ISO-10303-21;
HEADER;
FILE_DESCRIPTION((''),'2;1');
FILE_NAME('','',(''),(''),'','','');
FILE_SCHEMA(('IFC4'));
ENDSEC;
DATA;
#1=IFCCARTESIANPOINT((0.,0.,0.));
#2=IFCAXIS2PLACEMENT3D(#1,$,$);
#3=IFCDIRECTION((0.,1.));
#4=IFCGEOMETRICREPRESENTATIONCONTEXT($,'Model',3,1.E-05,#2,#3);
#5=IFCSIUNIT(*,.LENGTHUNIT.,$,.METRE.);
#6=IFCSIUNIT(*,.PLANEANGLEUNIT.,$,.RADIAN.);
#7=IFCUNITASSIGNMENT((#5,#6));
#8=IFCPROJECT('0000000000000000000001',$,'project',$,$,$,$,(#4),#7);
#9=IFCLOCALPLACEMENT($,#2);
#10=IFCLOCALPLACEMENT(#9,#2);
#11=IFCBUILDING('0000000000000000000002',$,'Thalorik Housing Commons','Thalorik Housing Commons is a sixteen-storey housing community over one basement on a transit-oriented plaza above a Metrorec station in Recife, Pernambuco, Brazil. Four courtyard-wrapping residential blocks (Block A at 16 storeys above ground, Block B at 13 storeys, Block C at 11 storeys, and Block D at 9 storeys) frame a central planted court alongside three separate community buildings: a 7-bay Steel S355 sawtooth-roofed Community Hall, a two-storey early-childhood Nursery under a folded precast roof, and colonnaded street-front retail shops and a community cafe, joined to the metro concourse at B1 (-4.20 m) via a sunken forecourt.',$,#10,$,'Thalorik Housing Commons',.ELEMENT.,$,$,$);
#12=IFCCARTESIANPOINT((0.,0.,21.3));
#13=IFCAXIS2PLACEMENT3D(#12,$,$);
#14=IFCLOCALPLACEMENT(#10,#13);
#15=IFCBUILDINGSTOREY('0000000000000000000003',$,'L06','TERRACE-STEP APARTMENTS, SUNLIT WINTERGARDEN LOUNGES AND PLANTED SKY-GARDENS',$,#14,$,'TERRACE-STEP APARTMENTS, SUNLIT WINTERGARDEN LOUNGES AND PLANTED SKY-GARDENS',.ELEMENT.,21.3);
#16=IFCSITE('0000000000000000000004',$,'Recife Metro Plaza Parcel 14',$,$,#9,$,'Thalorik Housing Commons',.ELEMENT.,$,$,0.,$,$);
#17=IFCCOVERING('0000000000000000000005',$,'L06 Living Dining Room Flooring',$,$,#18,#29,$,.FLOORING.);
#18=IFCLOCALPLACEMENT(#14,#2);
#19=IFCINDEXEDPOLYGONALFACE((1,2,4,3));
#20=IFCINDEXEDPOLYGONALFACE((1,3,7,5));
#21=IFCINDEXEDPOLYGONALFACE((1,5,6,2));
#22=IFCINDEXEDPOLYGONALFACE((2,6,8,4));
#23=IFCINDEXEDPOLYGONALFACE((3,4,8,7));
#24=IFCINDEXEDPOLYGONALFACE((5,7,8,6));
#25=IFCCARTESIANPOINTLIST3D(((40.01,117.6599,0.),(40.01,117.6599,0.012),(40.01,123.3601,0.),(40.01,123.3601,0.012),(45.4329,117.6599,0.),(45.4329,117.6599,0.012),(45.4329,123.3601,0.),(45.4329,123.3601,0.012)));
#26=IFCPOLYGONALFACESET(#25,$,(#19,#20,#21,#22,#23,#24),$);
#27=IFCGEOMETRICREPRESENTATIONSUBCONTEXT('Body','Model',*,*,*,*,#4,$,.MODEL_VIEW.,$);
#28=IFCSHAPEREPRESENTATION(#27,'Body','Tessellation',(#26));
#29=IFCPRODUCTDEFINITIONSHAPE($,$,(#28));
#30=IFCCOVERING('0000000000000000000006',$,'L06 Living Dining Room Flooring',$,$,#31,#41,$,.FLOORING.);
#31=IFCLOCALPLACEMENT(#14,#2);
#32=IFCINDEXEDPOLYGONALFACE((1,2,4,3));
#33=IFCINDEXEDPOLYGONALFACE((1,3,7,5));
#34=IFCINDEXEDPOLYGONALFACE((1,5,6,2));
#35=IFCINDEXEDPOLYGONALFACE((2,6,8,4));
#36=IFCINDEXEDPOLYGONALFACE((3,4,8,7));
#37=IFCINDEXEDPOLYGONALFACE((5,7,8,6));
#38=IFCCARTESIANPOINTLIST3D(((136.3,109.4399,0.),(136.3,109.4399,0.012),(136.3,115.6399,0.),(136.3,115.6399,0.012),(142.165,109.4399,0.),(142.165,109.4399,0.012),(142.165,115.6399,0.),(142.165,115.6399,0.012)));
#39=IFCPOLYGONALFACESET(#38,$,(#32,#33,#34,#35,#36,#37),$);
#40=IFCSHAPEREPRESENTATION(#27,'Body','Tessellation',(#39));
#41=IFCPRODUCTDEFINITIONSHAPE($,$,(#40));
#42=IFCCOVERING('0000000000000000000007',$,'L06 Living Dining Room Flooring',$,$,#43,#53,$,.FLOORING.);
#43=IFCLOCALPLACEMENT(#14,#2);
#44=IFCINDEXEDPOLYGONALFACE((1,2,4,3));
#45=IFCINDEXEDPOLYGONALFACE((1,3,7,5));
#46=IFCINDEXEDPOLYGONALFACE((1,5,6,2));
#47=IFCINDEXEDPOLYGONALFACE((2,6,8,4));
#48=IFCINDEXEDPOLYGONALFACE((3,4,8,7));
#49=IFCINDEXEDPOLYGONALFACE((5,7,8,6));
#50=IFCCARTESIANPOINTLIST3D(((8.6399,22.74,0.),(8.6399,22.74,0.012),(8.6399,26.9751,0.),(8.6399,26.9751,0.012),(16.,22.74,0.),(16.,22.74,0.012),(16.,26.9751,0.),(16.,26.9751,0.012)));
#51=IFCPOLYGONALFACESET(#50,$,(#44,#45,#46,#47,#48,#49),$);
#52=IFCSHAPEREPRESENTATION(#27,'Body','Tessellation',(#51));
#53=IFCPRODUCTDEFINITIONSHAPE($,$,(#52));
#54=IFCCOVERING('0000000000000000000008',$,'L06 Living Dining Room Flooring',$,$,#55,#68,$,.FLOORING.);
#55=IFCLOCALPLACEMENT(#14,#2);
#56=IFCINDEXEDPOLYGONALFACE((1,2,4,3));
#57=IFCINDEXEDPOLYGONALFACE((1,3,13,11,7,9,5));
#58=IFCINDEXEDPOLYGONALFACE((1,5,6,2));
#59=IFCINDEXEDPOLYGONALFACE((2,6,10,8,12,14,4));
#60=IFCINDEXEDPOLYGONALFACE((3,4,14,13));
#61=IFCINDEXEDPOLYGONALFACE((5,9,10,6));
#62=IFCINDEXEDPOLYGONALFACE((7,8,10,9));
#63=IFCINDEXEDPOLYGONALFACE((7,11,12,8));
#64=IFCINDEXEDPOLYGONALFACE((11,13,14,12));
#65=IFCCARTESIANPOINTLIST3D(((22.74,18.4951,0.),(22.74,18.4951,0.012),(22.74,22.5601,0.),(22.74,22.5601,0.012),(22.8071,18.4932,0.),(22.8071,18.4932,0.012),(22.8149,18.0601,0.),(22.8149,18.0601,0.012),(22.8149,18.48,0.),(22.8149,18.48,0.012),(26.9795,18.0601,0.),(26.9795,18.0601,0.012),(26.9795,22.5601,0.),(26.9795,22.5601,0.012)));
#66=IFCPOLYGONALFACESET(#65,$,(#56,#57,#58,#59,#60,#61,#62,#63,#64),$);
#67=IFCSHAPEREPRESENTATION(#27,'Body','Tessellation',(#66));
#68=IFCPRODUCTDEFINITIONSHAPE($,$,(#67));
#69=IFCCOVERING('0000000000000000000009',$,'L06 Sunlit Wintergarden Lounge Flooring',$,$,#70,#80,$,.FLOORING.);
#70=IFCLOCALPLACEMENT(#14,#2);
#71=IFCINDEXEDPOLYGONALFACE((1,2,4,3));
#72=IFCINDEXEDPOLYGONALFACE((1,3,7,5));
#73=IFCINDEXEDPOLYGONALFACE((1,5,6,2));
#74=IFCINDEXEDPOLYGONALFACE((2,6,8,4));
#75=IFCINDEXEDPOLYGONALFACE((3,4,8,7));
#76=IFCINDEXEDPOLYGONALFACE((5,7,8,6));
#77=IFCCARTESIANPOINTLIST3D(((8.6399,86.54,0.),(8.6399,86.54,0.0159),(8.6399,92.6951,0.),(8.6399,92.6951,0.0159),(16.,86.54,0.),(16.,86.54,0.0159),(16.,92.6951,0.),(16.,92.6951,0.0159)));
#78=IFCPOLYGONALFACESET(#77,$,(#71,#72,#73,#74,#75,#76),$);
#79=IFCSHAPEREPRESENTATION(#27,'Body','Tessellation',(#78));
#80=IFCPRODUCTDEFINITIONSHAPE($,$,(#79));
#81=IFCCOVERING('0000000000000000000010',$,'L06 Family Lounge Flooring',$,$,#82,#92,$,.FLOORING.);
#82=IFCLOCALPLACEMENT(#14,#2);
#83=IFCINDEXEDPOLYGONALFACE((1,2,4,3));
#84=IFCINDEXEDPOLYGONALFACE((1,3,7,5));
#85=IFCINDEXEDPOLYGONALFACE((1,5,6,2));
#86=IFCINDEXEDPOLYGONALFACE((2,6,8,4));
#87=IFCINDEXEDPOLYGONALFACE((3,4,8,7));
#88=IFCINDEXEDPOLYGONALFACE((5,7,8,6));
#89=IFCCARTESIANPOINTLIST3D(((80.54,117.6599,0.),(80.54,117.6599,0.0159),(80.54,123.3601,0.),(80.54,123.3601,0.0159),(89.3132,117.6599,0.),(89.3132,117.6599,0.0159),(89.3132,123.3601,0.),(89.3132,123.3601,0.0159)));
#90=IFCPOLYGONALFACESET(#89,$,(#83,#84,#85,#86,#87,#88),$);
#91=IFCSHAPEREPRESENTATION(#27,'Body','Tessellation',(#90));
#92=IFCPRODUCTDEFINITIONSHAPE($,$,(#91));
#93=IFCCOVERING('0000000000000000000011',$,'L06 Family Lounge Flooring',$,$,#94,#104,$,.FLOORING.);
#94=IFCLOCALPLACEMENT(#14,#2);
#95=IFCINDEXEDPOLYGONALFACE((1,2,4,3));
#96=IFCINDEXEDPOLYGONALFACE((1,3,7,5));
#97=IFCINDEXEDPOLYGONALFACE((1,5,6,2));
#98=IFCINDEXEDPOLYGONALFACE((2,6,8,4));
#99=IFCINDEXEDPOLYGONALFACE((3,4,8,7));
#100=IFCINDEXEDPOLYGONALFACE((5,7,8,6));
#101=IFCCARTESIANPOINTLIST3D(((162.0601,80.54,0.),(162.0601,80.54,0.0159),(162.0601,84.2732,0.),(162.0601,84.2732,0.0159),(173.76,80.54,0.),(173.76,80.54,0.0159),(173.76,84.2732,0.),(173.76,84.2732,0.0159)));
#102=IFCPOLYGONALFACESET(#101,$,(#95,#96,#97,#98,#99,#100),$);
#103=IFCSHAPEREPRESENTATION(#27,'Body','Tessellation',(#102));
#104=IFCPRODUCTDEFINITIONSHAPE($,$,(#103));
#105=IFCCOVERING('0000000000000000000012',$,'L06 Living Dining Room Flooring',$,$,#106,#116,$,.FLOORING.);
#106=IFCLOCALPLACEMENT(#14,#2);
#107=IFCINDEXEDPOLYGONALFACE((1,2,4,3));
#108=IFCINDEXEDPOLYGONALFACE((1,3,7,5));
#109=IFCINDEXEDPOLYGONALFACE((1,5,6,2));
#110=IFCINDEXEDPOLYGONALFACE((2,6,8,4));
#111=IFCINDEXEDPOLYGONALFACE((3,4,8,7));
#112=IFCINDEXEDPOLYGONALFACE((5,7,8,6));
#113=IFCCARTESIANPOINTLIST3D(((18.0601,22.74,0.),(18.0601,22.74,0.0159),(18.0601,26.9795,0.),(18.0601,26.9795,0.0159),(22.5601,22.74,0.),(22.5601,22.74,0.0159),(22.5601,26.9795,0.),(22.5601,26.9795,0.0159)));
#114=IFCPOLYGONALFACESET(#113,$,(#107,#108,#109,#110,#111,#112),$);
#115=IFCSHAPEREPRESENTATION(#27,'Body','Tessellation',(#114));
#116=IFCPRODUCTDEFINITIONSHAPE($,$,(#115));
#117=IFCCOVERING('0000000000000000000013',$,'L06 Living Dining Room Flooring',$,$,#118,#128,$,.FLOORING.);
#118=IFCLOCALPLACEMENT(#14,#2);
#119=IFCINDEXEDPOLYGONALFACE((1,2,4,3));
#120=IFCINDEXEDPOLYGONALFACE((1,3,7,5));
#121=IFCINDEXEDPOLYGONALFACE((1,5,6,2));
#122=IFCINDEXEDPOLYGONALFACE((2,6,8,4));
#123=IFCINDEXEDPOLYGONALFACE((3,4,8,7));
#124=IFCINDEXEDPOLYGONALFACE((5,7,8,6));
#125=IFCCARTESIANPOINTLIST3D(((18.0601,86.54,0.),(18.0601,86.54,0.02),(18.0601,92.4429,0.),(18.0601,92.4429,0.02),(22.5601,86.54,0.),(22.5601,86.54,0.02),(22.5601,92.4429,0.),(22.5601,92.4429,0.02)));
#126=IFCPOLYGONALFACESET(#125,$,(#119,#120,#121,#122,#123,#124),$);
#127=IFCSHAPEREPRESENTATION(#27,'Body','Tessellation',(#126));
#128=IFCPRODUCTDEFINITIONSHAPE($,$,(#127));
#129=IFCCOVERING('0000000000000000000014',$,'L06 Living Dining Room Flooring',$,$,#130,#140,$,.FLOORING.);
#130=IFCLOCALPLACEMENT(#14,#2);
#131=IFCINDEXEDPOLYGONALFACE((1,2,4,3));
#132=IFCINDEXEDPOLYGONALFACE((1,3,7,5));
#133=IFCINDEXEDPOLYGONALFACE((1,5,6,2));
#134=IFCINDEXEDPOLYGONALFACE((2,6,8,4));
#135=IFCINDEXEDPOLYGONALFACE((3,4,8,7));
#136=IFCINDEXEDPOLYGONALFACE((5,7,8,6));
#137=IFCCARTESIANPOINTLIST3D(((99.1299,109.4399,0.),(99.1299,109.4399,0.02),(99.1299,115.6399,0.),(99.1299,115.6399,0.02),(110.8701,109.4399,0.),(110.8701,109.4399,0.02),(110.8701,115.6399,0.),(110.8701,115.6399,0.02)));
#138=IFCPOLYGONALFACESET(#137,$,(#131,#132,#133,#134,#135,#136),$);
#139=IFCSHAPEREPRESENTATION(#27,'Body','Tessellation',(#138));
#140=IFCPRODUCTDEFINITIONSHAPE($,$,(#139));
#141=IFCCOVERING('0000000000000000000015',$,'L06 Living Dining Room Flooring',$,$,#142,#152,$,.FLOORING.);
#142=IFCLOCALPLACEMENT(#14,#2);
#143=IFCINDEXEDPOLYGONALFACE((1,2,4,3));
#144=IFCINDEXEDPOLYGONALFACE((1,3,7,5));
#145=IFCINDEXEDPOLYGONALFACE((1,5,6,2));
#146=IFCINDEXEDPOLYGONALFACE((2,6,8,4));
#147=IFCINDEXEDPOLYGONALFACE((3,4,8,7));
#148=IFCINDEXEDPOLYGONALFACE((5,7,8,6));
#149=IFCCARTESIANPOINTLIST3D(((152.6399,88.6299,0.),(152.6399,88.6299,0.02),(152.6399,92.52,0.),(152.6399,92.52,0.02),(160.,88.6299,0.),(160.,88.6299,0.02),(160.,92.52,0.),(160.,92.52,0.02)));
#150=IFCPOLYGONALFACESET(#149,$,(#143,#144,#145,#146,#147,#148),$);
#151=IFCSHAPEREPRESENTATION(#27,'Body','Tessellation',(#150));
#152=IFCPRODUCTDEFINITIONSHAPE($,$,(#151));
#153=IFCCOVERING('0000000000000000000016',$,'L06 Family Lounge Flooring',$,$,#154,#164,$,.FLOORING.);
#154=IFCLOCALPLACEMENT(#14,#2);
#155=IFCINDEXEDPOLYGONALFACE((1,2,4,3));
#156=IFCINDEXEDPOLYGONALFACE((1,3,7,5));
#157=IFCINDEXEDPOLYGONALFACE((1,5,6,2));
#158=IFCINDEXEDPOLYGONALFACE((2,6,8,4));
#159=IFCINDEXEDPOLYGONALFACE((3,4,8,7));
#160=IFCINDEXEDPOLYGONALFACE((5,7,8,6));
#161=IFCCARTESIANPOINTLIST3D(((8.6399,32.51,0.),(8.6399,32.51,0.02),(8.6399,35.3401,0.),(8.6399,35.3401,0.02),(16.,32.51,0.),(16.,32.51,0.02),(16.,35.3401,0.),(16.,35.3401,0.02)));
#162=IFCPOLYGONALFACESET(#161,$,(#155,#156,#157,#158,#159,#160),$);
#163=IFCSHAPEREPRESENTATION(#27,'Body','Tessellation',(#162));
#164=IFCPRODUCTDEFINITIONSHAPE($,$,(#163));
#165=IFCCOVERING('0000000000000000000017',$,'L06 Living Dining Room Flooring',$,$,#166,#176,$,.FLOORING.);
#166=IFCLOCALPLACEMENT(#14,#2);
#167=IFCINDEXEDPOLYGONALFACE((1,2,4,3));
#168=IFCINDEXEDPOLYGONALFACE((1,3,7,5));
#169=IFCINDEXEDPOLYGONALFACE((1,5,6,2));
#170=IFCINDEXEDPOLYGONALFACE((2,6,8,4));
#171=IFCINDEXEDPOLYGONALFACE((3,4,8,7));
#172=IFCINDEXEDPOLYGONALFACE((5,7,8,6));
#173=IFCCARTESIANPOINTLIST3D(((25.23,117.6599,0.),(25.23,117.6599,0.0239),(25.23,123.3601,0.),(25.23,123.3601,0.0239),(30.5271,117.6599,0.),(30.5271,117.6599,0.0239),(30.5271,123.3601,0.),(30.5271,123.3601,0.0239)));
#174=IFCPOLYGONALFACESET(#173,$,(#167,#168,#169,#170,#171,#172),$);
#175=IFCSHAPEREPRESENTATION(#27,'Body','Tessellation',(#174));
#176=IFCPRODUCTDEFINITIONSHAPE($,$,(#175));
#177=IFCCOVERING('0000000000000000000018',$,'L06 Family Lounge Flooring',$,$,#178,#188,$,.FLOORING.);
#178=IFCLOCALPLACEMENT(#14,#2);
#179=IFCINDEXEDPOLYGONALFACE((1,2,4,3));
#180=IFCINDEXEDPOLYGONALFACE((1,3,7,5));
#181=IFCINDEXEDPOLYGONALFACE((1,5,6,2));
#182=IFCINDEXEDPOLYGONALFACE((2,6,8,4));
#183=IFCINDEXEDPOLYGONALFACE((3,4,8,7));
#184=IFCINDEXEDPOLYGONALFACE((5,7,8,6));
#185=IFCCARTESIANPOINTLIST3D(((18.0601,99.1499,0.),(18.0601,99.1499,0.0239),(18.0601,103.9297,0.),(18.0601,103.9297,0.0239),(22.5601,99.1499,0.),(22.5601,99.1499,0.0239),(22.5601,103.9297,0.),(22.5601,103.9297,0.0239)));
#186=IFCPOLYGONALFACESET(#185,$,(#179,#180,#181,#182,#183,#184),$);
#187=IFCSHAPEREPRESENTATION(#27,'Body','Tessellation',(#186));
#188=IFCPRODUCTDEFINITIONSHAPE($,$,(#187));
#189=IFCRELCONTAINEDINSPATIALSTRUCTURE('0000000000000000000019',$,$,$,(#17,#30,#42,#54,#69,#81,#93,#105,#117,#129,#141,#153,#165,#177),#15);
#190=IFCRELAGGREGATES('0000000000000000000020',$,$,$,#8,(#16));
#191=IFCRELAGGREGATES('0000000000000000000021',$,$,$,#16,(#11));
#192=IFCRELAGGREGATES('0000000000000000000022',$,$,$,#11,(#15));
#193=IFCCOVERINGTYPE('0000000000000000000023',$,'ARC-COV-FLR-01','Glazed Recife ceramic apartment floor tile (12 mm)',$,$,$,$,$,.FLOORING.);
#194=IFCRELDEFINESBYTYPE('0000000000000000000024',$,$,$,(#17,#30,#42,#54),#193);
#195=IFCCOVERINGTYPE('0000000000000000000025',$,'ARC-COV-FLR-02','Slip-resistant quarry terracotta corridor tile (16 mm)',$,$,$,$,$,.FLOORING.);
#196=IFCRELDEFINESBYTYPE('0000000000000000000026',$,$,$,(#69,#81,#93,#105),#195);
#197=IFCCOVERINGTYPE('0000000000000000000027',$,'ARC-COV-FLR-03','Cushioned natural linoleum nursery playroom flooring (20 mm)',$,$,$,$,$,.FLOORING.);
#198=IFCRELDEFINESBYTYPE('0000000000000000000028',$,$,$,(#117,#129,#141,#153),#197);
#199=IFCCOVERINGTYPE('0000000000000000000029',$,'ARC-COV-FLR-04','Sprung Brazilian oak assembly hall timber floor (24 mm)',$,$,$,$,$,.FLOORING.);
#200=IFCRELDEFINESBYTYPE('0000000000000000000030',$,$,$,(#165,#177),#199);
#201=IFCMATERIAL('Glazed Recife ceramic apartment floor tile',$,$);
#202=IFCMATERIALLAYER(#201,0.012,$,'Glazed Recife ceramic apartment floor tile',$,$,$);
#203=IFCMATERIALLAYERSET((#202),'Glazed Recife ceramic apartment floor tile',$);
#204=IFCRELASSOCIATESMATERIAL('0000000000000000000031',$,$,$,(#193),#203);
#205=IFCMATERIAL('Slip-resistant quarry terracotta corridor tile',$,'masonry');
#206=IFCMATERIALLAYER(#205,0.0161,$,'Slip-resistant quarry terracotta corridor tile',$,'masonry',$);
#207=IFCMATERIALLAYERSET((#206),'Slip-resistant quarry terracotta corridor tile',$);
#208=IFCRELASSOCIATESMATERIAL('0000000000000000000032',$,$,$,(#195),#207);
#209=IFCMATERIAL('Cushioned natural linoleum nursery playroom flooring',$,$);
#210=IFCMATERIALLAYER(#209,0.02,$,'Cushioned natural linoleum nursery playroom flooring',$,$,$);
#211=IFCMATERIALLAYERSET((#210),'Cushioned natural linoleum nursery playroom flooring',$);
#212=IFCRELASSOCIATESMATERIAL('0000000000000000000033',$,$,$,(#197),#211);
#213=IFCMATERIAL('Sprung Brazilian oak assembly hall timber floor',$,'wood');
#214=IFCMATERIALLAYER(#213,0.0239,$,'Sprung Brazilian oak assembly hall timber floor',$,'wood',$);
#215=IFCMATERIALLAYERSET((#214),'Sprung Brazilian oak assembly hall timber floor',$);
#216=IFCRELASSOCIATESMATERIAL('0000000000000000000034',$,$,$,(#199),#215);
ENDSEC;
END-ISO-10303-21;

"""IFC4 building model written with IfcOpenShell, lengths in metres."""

from ifc_helpers import new_model, si_unit, direction, frame, origin, place, context, subcontext, project, spatial, polyline, outline, extrude, material, layer, layer_set, type_object, element, save


model = new_model("IFC4")

# Units and contexts
model_context = context("Model", 3, precision=1e-05, world=origin(), true_north=direction((0.0, 1.0)))
body_context = subcontext(model_context, "Body", "Model", "MODEL_VIEW")
ifc_project = project(units=[si_unit("LENGTHUNIT", "METRE"), si_unit("PLANEANGLEUNIT", "RADIAN")], contexts=[model_context])

# Site, building, storey
site_placement = place(None, origin())
site = spatial("IfcSite", under=ifc_project, at=site_placement, Name="Recife Metro Plaza Parcel 14", LongName="Thalorik Housing Commons", CompositionType="ELEMENT", RefElevation=0.0)
building_placement = place(site_placement, origin())
building = spatial("IfcBuilding", under=site, at=building_placement, Name="Thalorik Housing Commons", Description="Thalorik Housing Commons is a sixteen-storey housing community over one basement on a transit-oriented plaza above a Metrorec station in Recife, Pernambuco, Brazil. Four courtyard-wrapping residential blocks (Block A at 16 storeys above ground, Block B at 13 storeys, Block C at 11 storeys, and Block D at 9 storeys) frame a central planted court alongside three separate community buildings: a 7-bay Steel S355 sawtooth-roofed Community Hall, a two-storey early-childhood Nursery under a folded precast roof, and colonnaded street-front retail shops and a community cafe, joined to the metro concourse at B1 (-4.20 m) via a sunken forecourt.", LongName="Thalorik Housing Commons", CompositionType="ELEMENT")
storey_placement = place(building_placement, frame((0.0, 0.0, 21.3)))
storey = spatial("IfcBuildingStorey", under=building, at=storey_placement, Name="L06", Description="TERRACE-STEP APARTMENTS, SUNLIT WINTERGARDEN LOUNGES AND PLANTED SKY-GARDENS", LongName="TERRACE-STEP APARTMENTS, SUNLIT WINTERGARDEN LOUNGES AND PLANTED SKY-GARDENS", CompositionType="ELEMENT", Elevation=21.3)

# Coverings
ifc_material_1 = material(Name="Glazed Recife ceramic apartment floor tile")
ifc_layer_1 = layer(ifc_material_1, 0.012, Name="Glazed Recife ceramic apartment floor tile")
ifc_layer_set_1 = layer_set([ifc_layer_1], Name="Glazed Recife ceramic apartment floor tile")
covering_type_1 = type_object("IfcCoveringType", Name="ARC-COV-FLR-01", Description="Glazed Recife ceramic apartment floor tile (12 mm)", PredefinedType="FLOORING", material=ifc_layer_set_1)
covering_1_placement = place(storey_placement, origin())
element("IfcCovering", 1, at=covering_1_placement, inside=storey, type_object=covering_type_1, Name="L06 Living Dining Room Flooring", PredefinedType="FLOORING", context=body_context, shape_type="SweptSolid", body=[
    extrude(outline(polyline([(45.4329, 117.6599), (45.4329, 123.3601), (40.01, 123.3601), (40.01, 117.6599), (45.4329, 117.6599)])), origin(), (0.0, 0.0, 1.0), 0.012),
])
covering_2_placement = place(storey_placement, origin())
element("IfcCovering", 2, at=covering_2_placement, inside=storey, type_object=covering_type_1, Name="L06 Living Dining Room Flooring", PredefinedType="FLOORING", context=body_context, shape_type="SweptSolid", body=[
    extrude(outline(polyline([(142.165, 109.4399), (142.165, 115.6399), (136.3, 115.6399), (136.3, 109.4399), (142.165, 109.4399)])), origin(), (0.0, 0.0, 1.0), 0.012),
])
covering_3_placement = place(storey_placement, origin())
element("IfcCovering", 3, at=covering_3_placement, inside=storey, type_object=covering_type_1, Name="L06 Living Dining Room Flooring", PredefinedType="FLOORING", context=body_context, shape_type="SweptSolid", body=[
    extrude(outline(polyline([(16.0, 26.9751), (8.6399, 26.9751), (8.6399, 22.74), (16.0, 22.74), (16.0, 26.9751)])), origin(), (0.0, 0.0, 1.0), 0.012),
])
covering_4_placement = place(storey_placement, origin())
element("IfcCovering", 4, at=covering_4_placement, inside=storey, type_object=covering_type_1, Name="L06 Living Dining Room Flooring", PredefinedType="FLOORING", context=body_context, shape_type="SweptSolid", body=[
    extrude(outline(polyline([(22.74, 18.4951), (22.8071, 18.4932), (22.8149, 18.48), (22.8149, 18.0601), (26.9795, 18.0601), (26.9795, 22.5601), (22.74, 22.5601), (22.74, 18.4951)])), origin(), (0.0, 0.0, 1.0), 0.012),
])
ifc_material_2 = material(Name="Slip-resistant quarry terracotta corridor tile", Category="masonry")
ifc_layer_2 = layer(ifc_material_2, 0.0161, Name="Slip-resistant quarry terracotta corridor tile", Category="masonry")
ifc_layer_set_2 = layer_set([ifc_layer_2], Name="Slip-resistant quarry terracotta corridor tile")
covering_type_2 = type_object("IfcCoveringType", Name="ARC-COV-FLR-02", Description="Slip-resistant quarry terracotta corridor tile (16 mm)", PredefinedType="FLOORING", material=ifc_layer_set_2)
covering_5_placement = place(storey_placement, origin())
element("IfcCovering", 5, at=covering_5_placement, inside=storey, type_object=covering_type_2, Name="L06 Sunlit Wintergarden Lounge Flooring", PredefinedType="FLOORING", context=body_context, shape_type="SweptSolid", body=[
    extrude(outline(polyline([(16.0, 92.6951), (8.6399, 92.6951), (8.6399, 86.54), (16.0, 86.54), (16.0, 92.6951)])), origin(), (0.0, 0.0, 1.0), 0.0159),
])
covering_6_placement = place(storey_placement, origin())
element("IfcCovering", 6, at=covering_6_placement, inside=storey, type_object=covering_type_2, Name="L06 Family Lounge Flooring", PredefinedType="FLOORING", context=body_context, shape_type="SweptSolid", body=[
    extrude(outline(polyline([(89.3132, 117.6599), (89.3132, 123.3601), (80.54, 123.3601), (80.54, 117.6599), (89.3132, 117.6599)])), origin(), (0.0, 0.0, 1.0), 0.0159),
])
covering_7_placement = place(storey_placement, origin())
element("IfcCovering", 7, at=covering_7_placement, inside=storey, type_object=covering_type_2, Name="L06 Family Lounge Flooring", PredefinedType="FLOORING", context=body_context, shape_type="SweptSolid", body=[
    extrude(outline(polyline([(173.76, 84.2732), (162.0601, 84.2732), (162.0601, 80.54), (173.76, 80.54), (173.76, 84.2732)])), origin(), (0.0, 0.0, 1.0), 0.0159),
])
covering_8_placement = place(storey_placement, origin())
element("IfcCovering", 8, at=covering_8_placement, inside=storey, type_object=covering_type_2, Name="L06 Living Dining Room Flooring", PredefinedType="FLOORING", context=body_context, shape_type="SweptSolid", body=[
    extrude(outline(polyline([(22.5601, 26.9795), (18.0601, 26.9795), (18.0601, 22.74), (22.5601, 22.74), (22.5601, 26.9795)])), origin(), (0.0, 0.0, 1.0), 0.0159),
])
ifc_material_3 = material(Name="Cushioned natural linoleum nursery playroom flooring")
ifc_layer_3 = layer(ifc_material_3, 0.02, Name="Cushioned natural linoleum nursery playroom flooring")
ifc_layer_set_3 = layer_set([ifc_layer_3], Name="Cushioned natural linoleum nursery playroom flooring")
covering_type_3 = type_object("IfcCoveringType", Name="ARC-COV-FLR-03", Description="Cushioned natural linoleum nursery playroom flooring (20 mm)", PredefinedType="FLOORING", material=ifc_layer_set_3)
covering_9_placement = place(storey_placement, origin())
element("IfcCovering", 9, at=covering_9_placement, inside=storey, type_object=covering_type_3, Name="L06 Living Dining Room Flooring", PredefinedType="FLOORING", context=body_context, shape_type="SweptSolid", body=[
    extrude(outline(polyline([(22.5601, 92.4429), (18.0601, 92.4429), (18.0601, 86.54), (22.5601, 86.54), (22.5601, 92.4429)])), origin(), (0.0, 0.0, 1.0), 0.02),
])
covering_10_placement = place(storey_placement, origin())
element("IfcCovering", 10, at=covering_10_placement, inside=storey, type_object=covering_type_3, Name="L06 Living Dining Room Flooring", PredefinedType="FLOORING", context=body_context, shape_type="SweptSolid", body=[
    extrude(outline(polyline([(110.8701, 109.4399), (110.8701, 115.6399), (99.1299, 115.6399), (99.1299, 109.4399), (110.8701, 109.4399)])), origin(), (0.0, 0.0, 1.0), 0.02),
])
covering_11_placement = place(storey_placement, origin())
element("IfcCovering", 11, at=covering_11_placement, inside=storey, type_object=covering_type_3, Name="L06 Living Dining Room Flooring", PredefinedType="FLOORING", context=body_context, shape_type="SweptSolid", body=[
    extrude(outline(polyline([(160.0, 92.52), (152.6399, 92.52), (152.6399, 88.6299), (160.0, 88.6299), (160.0, 92.52)])), origin(), (0.0, 0.0, 1.0), 0.02),
])
covering_12_placement = place(storey_placement, origin())
element("IfcCovering", 12, at=covering_12_placement, inside=storey, type_object=covering_type_3, Name="L06 Family Lounge Flooring", PredefinedType="FLOORING", context=body_context, shape_type="SweptSolid", body=[
    extrude(outline(polyline([(16.0, 35.3401), (8.6399, 35.3401), (8.6399, 32.51), (16.0, 32.51), (16.0, 35.3401)])), origin(), (0.0, 0.0, 1.0), 0.02),
])
ifc_material_4 = material(Name="Sprung Brazilian oak assembly hall timber floor", Category="wood")
ifc_layer_4 = layer(ifc_material_4, 0.0239, Name="Sprung Brazilian oak assembly hall timber floor", Category="wood")
ifc_layer_set_4 = layer_set([ifc_layer_4], Name="Sprung Brazilian oak assembly hall timber floor")
covering_type_4 = type_object("IfcCoveringType", Name="ARC-COV-FLR-04", Description="Sprung Brazilian oak assembly hall timber floor (24 mm)", PredefinedType="FLOORING", material=ifc_layer_set_4)
covering_13_placement = place(storey_placement, origin())
element("IfcCovering", 13, at=covering_13_placement, inside=storey, type_object=covering_type_4, Name="L06 Living Dining Room Flooring", PredefinedType="FLOORING", context=body_context, shape_type="SweptSolid", body=[
    extrude(outline(polyline([(30.5271, 117.6599), (30.5271, 123.3601), (25.23, 123.3601), (25.23, 117.6599), (30.5271, 117.6599)])), origin(), (0.0, 0.0, 1.0), 0.0239),
])
covering_14_placement = place(storey_placement, origin())
element("IfcCovering", 14, at=covering_14_placement, inside=storey, type_object=covering_type_4, Name="L06 Family Lounge Flooring", PredefinedType="FLOORING", context=body_context, shape_type="SweptSolid", body=[
    extrude(outline(polyline([(22.5601, 103.9297), (18.0601, 103.9297), (18.0601, 99.1499), (22.5601, 99.1499), (22.5601, 103.9297)])), origin(), (0.0, 0.0, 1.0), 0.0239),
])

save(model, "model.ifc")
